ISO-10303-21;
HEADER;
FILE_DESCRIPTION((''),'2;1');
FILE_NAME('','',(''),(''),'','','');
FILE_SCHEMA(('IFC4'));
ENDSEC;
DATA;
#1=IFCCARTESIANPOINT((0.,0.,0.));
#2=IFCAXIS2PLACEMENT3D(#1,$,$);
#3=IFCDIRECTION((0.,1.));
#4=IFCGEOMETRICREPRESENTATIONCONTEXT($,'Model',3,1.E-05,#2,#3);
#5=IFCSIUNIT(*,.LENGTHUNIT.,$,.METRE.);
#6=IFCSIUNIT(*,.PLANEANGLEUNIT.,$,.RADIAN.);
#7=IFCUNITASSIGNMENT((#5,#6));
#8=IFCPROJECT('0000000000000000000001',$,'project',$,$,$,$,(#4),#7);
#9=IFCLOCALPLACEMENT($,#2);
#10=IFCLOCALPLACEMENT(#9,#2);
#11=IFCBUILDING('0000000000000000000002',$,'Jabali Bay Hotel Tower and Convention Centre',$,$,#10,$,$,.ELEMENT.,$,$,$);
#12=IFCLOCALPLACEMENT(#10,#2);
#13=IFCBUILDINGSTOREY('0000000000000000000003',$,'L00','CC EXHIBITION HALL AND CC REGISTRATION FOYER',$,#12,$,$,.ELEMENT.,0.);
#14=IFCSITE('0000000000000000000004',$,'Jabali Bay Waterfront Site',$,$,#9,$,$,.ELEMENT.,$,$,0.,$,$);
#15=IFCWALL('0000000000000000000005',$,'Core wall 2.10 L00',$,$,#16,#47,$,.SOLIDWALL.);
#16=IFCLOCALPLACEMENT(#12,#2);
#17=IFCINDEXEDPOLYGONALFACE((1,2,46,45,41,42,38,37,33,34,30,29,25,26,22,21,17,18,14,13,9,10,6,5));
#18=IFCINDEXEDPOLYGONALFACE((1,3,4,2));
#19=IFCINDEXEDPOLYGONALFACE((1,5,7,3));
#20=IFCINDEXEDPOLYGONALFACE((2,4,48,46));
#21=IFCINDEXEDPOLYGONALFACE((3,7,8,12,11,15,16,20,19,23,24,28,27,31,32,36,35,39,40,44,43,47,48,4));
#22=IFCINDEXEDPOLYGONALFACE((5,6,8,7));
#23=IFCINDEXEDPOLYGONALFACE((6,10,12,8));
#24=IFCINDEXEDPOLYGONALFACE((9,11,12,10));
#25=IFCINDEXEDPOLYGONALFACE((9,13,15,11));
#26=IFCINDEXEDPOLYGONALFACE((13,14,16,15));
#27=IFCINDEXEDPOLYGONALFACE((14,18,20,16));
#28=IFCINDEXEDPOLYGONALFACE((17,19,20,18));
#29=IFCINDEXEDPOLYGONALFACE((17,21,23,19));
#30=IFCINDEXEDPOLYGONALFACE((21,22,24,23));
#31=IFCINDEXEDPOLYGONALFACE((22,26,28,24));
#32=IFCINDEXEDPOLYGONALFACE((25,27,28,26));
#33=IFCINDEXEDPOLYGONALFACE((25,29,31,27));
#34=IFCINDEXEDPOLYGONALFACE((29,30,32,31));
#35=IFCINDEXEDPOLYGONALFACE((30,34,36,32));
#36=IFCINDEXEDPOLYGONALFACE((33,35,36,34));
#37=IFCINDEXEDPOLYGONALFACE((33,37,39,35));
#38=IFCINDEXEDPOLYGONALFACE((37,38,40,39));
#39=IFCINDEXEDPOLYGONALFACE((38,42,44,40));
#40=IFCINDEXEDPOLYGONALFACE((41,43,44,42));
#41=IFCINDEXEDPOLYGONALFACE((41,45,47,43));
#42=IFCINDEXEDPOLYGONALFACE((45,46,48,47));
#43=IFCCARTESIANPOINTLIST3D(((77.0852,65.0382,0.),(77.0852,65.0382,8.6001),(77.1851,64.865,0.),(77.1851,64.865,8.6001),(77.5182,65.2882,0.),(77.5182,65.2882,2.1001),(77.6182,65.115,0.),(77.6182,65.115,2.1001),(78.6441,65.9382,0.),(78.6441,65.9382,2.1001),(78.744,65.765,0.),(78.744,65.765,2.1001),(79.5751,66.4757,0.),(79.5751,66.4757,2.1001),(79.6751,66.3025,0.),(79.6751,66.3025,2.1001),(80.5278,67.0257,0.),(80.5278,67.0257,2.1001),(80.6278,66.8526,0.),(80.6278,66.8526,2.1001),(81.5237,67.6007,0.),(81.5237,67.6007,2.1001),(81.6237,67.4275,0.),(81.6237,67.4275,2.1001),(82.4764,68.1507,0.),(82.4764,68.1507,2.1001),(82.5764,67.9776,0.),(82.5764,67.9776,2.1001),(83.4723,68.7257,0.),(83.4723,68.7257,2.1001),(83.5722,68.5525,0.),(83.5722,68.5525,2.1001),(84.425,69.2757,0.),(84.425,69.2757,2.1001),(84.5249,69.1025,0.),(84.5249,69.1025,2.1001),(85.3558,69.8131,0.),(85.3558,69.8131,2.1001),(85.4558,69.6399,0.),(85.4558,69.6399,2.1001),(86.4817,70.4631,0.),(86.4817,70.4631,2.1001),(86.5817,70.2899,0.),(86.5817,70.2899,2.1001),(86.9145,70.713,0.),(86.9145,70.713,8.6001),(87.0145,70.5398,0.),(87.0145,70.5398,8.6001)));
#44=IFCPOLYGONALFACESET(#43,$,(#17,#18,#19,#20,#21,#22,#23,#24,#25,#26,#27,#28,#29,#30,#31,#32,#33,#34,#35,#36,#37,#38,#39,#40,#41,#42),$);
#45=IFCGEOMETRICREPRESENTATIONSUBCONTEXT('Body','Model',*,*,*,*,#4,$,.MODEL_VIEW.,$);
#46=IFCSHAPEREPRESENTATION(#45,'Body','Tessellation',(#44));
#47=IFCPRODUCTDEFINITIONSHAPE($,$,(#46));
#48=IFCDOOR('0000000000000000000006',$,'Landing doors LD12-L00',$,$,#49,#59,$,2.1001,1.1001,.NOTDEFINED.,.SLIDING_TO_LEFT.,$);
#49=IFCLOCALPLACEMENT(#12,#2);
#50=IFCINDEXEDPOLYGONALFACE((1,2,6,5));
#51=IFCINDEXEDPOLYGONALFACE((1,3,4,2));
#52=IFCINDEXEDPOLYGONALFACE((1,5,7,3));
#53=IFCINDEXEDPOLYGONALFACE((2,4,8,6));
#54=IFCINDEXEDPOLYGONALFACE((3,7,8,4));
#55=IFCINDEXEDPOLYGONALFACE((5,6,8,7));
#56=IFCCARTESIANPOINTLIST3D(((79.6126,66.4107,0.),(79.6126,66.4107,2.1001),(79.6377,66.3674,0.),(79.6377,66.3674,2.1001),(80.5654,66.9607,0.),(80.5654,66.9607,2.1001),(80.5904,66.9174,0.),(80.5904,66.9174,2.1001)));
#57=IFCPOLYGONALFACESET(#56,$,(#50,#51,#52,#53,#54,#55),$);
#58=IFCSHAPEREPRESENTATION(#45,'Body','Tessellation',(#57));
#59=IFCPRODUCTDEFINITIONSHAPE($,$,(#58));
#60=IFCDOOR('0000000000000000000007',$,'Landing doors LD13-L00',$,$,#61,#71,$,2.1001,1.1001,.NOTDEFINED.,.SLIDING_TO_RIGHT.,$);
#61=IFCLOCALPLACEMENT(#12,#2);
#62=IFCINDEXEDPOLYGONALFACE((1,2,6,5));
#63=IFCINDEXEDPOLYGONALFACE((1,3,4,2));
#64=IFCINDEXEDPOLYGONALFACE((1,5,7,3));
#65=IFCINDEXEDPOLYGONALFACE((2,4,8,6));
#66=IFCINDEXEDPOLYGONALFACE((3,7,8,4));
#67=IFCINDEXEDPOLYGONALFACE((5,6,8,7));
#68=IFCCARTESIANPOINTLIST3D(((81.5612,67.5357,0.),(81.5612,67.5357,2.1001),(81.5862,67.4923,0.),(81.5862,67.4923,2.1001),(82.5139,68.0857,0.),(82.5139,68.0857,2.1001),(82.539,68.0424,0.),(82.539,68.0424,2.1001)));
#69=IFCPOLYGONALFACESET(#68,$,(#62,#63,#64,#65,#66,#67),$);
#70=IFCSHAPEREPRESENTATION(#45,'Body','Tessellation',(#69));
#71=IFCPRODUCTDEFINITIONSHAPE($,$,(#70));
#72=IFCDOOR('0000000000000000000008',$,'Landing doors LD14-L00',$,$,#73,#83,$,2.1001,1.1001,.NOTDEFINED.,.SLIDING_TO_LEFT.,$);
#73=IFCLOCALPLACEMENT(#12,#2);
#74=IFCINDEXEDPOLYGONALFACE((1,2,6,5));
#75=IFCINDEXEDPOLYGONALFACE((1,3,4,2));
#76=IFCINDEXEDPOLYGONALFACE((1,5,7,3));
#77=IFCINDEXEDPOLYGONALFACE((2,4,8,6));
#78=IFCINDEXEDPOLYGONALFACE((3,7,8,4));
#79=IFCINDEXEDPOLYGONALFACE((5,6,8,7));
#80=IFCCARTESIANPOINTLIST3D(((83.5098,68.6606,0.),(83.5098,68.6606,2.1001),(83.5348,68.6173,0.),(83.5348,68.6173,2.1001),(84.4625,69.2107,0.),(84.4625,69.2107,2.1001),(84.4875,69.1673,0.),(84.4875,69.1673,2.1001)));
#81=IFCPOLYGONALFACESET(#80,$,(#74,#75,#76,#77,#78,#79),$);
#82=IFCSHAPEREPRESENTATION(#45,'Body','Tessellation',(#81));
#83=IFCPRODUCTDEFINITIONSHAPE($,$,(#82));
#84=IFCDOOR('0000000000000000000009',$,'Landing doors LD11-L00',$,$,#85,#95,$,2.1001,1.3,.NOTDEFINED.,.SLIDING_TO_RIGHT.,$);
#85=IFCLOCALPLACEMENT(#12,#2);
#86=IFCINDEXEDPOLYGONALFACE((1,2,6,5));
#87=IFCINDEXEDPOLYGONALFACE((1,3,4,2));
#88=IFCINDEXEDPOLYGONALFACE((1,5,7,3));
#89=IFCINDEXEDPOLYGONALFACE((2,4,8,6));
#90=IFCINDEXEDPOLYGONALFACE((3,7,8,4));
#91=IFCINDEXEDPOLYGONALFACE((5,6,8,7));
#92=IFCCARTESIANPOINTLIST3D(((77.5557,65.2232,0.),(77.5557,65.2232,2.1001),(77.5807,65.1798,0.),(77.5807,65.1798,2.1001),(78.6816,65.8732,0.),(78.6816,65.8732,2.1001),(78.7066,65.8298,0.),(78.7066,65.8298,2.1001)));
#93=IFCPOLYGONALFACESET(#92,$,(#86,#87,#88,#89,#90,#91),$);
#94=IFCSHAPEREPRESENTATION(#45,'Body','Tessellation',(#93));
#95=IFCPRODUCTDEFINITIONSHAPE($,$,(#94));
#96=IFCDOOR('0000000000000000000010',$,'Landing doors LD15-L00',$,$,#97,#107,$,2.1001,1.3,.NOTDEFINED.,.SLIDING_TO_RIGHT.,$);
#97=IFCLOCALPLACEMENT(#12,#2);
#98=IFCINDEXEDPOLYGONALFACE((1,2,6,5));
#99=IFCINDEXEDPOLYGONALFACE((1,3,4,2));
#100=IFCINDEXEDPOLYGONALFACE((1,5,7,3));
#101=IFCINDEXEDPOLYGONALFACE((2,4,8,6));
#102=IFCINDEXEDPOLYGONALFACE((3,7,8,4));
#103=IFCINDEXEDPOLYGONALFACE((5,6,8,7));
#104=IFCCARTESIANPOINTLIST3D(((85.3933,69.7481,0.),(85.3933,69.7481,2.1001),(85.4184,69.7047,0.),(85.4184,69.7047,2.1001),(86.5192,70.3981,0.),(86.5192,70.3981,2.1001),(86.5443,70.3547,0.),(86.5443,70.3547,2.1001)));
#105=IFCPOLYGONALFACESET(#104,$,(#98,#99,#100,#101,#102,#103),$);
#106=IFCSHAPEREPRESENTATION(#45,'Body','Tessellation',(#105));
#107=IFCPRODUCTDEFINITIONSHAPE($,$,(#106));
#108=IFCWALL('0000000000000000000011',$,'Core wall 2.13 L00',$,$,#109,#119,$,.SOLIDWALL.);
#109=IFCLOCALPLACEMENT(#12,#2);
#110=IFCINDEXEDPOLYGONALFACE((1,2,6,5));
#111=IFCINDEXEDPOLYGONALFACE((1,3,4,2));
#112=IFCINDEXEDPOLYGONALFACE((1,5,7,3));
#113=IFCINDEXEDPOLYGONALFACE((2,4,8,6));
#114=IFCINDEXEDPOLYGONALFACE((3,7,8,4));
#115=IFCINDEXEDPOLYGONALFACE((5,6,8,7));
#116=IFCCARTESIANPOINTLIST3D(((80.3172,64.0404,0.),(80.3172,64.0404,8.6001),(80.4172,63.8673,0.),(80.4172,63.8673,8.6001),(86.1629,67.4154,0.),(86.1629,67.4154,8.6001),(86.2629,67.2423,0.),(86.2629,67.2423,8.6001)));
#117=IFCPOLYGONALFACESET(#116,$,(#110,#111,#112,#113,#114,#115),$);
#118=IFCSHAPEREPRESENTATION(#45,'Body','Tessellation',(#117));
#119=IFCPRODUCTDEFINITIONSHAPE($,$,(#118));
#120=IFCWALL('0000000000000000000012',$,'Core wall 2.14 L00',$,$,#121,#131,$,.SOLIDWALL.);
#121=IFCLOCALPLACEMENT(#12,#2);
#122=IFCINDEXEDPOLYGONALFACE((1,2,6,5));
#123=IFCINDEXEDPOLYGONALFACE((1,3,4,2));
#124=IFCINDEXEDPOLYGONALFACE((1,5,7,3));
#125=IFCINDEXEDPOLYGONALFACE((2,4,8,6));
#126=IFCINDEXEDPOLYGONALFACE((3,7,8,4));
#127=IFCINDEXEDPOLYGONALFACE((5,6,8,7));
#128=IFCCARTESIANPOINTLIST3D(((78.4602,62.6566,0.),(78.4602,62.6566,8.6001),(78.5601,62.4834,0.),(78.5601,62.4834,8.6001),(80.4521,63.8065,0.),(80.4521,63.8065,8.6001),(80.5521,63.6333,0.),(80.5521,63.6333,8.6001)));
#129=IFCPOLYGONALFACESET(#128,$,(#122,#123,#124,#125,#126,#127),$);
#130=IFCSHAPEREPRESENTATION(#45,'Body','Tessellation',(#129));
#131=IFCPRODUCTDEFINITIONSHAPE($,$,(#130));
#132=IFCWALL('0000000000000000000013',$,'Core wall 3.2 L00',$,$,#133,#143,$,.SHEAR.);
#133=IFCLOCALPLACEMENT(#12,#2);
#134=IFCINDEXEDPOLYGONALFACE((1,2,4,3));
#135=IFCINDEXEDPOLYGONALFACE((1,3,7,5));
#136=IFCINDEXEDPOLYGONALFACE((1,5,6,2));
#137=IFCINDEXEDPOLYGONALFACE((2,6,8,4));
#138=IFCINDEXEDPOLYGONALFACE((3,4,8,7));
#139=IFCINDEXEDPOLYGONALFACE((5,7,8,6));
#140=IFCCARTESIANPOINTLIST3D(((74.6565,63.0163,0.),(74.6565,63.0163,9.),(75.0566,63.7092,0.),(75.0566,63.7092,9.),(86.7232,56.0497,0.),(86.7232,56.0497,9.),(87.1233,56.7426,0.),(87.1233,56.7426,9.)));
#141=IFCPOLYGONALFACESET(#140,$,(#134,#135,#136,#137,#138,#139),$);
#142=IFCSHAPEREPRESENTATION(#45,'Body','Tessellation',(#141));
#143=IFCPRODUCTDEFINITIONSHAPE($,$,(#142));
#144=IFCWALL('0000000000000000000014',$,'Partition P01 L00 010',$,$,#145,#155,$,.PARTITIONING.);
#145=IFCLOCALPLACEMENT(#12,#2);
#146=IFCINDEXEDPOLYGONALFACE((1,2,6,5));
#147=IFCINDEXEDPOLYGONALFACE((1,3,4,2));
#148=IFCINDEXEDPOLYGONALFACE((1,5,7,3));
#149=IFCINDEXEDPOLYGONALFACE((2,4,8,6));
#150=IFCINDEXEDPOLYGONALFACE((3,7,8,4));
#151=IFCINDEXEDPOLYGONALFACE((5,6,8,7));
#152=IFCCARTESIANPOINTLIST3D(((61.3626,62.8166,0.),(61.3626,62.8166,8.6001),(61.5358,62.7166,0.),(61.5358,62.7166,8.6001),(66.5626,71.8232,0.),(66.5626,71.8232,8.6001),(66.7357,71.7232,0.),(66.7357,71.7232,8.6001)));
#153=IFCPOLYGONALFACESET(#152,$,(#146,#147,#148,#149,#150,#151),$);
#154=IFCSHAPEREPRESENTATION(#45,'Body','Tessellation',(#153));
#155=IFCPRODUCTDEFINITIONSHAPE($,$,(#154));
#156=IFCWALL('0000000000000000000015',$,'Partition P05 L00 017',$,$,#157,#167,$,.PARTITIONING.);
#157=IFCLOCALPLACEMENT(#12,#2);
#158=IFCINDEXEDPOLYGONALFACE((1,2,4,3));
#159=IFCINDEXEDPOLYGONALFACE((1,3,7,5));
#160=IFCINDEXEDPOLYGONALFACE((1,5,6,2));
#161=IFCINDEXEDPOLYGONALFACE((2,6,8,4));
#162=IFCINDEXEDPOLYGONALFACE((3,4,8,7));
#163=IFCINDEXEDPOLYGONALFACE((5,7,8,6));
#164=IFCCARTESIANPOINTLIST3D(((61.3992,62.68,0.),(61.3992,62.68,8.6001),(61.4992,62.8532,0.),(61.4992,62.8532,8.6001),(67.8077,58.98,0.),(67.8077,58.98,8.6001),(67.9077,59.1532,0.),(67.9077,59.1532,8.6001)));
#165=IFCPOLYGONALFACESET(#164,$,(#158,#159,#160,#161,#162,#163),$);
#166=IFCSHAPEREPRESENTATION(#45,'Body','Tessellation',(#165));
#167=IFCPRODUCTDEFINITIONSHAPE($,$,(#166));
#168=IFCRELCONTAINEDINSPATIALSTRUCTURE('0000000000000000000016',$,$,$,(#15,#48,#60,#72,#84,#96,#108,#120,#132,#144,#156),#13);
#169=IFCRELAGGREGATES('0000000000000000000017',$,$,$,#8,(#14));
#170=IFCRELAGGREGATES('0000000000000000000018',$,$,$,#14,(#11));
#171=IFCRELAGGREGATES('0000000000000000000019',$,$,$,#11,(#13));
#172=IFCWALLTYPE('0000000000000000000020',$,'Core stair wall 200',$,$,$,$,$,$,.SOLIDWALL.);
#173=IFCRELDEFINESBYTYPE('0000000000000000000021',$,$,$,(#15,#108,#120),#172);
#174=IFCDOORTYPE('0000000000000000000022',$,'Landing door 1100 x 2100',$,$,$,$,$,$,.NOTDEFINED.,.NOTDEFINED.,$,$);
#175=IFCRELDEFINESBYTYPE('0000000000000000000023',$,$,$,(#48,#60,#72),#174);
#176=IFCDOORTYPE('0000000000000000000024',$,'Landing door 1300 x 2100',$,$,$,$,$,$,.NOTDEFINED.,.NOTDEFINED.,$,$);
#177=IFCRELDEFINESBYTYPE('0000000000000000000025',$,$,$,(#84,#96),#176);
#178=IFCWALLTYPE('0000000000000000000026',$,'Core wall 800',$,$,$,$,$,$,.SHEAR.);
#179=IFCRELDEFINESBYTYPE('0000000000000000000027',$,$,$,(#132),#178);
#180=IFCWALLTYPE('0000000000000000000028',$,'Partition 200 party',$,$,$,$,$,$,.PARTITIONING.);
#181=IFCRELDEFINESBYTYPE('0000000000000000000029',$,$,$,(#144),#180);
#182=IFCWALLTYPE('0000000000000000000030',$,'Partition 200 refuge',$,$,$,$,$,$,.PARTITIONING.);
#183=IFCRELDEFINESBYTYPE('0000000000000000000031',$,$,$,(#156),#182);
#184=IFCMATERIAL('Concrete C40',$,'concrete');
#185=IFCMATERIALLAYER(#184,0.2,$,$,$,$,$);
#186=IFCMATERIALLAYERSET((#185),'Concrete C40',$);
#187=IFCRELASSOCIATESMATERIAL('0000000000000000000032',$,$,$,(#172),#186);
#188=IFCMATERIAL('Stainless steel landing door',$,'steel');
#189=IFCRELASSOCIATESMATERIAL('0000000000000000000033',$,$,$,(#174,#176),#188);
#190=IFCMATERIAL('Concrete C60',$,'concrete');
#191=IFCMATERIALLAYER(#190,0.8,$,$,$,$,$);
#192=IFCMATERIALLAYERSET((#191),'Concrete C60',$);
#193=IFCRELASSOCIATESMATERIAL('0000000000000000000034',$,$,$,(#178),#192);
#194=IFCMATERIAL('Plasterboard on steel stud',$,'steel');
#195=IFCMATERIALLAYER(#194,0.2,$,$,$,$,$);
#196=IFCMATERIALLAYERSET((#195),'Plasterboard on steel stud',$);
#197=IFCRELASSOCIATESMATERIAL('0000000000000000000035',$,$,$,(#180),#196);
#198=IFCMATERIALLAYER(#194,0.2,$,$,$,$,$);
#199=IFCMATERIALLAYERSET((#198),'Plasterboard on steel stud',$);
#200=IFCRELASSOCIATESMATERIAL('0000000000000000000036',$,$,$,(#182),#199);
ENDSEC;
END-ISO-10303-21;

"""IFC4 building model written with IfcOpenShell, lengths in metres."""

from ifc_helpers import new_model, si_unit, direction, frame, frame_2d, origin, place, context, subcontext, project, spatial, rectangle, extrude, material, layer, layer_set, type_object, element, fill, save


model = new_model("IFC4")

# Units and contexts
model_context = context("Model", 3, precision=1e-05, world=origin(), true_north=direction((0.0, 1.0)))
body_context = subcontext(model_context, "Body", "Model", "MODEL_VIEW")
ifc_project = project(units=[si_unit("LENGTHUNIT", "METRE"), si_unit("PLANEANGLEUNIT", "RADIAN")], contexts=[model_context])

# Site, building, storey
site_placement = place(None, origin())
site = spatial("IfcSite", under=ifc_project, at=site_placement, Name="Jabali Bay Waterfront Site", CompositionType="ELEMENT", RefElevation=0.0)
building_placement = place(site_placement, origin())
building = spatial("IfcBuilding", under=site, at=building_placement, Name="Jabali Bay Hotel Tower and Convention Centre", CompositionType="ELEMENT")
storey_placement = place(building_placement, origin())
storey = spatial("IfcBuildingStorey", under=building, at=storey_placement, Name="L00", Description="CC EXHIBITION HALL AND CC REGISTRATION FOYER", CompositionType="ELEMENT", Elevation=0.0)

# Shared definitions
ifc_material_1 = material(Name="Concrete C40", Category="concrete")

# Shared definitions
ifc_layer_1 = layer(ifc_material_1, 0.2)
ifc_layer_set_1 = layer_set([ifc_layer_1], Name="Concrete C40")
wall_type_1 = type_object("IfcWallType", Name="Core stair wall 200", PredefinedType="SOLIDWALL", material=ifc_layer_set_1)

# Wall, openings, doors
wall_1_placement = place(storey_placement, frame((77.1353, 64.9517, 0.0), z_axis=(0.0, 0.0, 1.0), x_axis=(0.866032, 0.499989, 0.0)))
wall_1 = element("IfcWall", 1, at=wall_1_placement, inside=storey, type_object=wall_type_1, Name="Core wall 2.10 L00", PredefinedType="SOLIDWALL", context=body_context, shape_type="SweptSolid", body=[
    extrude(rectangle(XDim=11.3499, YDim=0.2, at=frame_2d((5.6748, 0.0))), origin(), (0.0, 0.0, 1.0), 8.6001),
])
opening_1_placement = place(wall_1_placement, frame((0.5, 0.0, 0.0)))
opening_1 = element("IfcOpeningElement", 2, at=opening_1_placement, cuts=wall_1, PredefinedType="OPENING", context=body_context, shape_type="SweptSolid", body=[
    extrude(rectangle(XDim=1.3, YDim=2.1001, at=frame_2d((0.6499, 1.05))), frame((0.0, 0.1104, 0.0), z_axis=(0.0, -1.0, 0.0), x_axis=(1.0, 0.0, 0.0)), (0.0, 0.0, 1.0), 0.2209),
])
opening_2_placement = place(wall_1_placement, frame((2.875, 0.0, 0.0)))
opening_2 = element("IfcOpeningElement", 3, at=opening_2_placement, cuts=wall_1, PredefinedType="OPENING", context=body_context, shape_type="SweptSolid", body=[
    extrude(rectangle(XDim=1.1001, YDim=2.1001, at=frame_2d((0.55, 1.05))), frame((0.0, 0.1104, 0.0), z_axis=(0.0, -1.0, 0.0), x_axis=(1.0, 0.0, 0.0)), (0.0, 0.0, 1.0), 0.2209),
])
opening_3_placement = place(wall_1_placement, frame((5.125, 0.0, 0.0)))
opening_3 = element("IfcOpeningElement", 4, at=opening_3_placement, cuts=wall_1, PredefinedType="OPENING", context=body_context, shape_type="SweptSolid", body=[
    extrude(rectangle(XDim=1.1001, YDim=2.1001, at=frame_2d((0.55, 1.05))), frame((0.0, 0.1104, 0.0), z_axis=(0.0, -1.0, 0.0), x_axis=(1.0, 0.0, 0.0)), (0.0, 0.0, 1.0), 0.2209),
])
opening_4_placement = place(wall_1_placement, frame((7.375, 0.0, 0.0)))
opening_4 = element("IfcOpeningElement", 5, at=opening_4_placement, cuts=wall_1, PredefinedType="OPENING", context=body_context, shape_type="SweptSolid", body=[
    extrude(rectangle(XDim=1.1001, YDim=2.1001, at=frame_2d((0.55, 1.05))), frame((0.0, 0.1104, 0.0), z_axis=(0.0, -1.0, 0.0), x_axis=(1.0, 0.0, 0.0)), (0.0, 0.0, 1.0), 0.2209),
])
opening_5_placement = place(wall_1_placement, frame((9.55, 0.0, 0.0)))
opening_5 = element("IfcOpeningElement", 6, at=opening_5_placement, cuts=wall_1, PredefinedType="OPENING", context=body_context, shape_type="SweptSolid", body=[
    extrude(rectangle(XDim=1.3, YDim=2.1001, at=frame_2d((0.6499, 1.05))), frame((0.0, 0.1104, 0.0), z_axis=(0.0, -1.0, 0.0), x_axis=(1.0, 0.0, 0.0)), (0.0, 0.0, 1.0), 0.2209),
])
ifc_material_2 = material(Name="Stainless steel landing door", Category="steel")
door_type_1 = type_object("IfcDoorType", Name="Landing door 1100 x 2100", OperationType="NOTDEFINED", PredefinedType="NOTDEFINED", material=ifc_material_2)
door_1_placement = place(opening_2_placement, origin())
door_1 = element("IfcDoor", 7, at=door_1_placement, inside=storey, type_object=door_type_1, Name="Landing doors LD12-L00", OperationType="SLIDING_TO_LEFT", OverallHeight=2.1001, OverallWidth=1.1001, PredefinedType="NOTDEFINED", context=body_context, shape_type="SweptSolid", body=[
    extrude(rectangle(XDim=1.1001, YDim=2.1001, at=frame_2d((0.55, 1.05))), frame((0.0, 0.0249, 0.0), z_axis=(0.0, -1.0, 0.0), x_axis=(1.0, 0.0, 0.0)), (0.0, 0.0, 1.0), 0.05),
])
fill(opening_2, door_1)
door_2_placement = place(opening_3_placement, origin())
door_2 = element("IfcDoor", 8, at=door_2_placement, inside=storey, type_object=door_type_1, Name="Landing doors LD13-L00", OperationType="SLIDING_TO_RIGHT", OverallHeight=2.1001, OverallWidth=1.1001, PredefinedType="NOTDEFINED", context=body_context, shape_type="SweptSolid", body=[
    extrude(rectangle(XDim=1.1001, YDim=2.1001, at=frame_2d((0.55, 1.05))), frame((0.0, 0.0249, 0.0), z_axis=(0.0, -1.0, 0.0), x_axis=(1.0, 0.0, 0.0)), (0.0, 0.0, 1.0), 0.05),
])
fill(opening_3, door_2)
door_3_placement = place(opening_4_placement, origin())
door_3 = element("IfcDoor", 9, at=door_3_placement, inside=storey, type_object=door_type_1, Name="Landing doors LD14-L00", OperationType="SLIDING_TO_LEFT", OverallHeight=2.1001, OverallWidth=1.1001, PredefinedType="NOTDEFINED", context=body_context, shape_type="SweptSolid", body=[
    extrude(rectangle(XDim=1.1001, YDim=2.1001, at=frame_2d((0.55, 1.05))), frame((0.0, 0.0249, 0.0), z_axis=(0.0, -1.0, 0.0), x_axis=(1.0, 0.0, 0.0)), (0.0, 0.0, 1.0), 0.05),
])
fill(opening_4, door_3)
door_type_2 = type_object("IfcDoorType", Name="Landing door 1300 x 2100", OperationType="NOTDEFINED", PredefinedType="NOTDEFINED", material=ifc_material_2)
door_4_placement = place(opening_1_placement, origin())
door_4 = element("IfcDoor", 10, at=door_4_placement, inside=storey, type_object=door_type_2, Name="Landing doors LD11-L00", OperationType="SLIDING_TO_RIGHT", OverallHeight=2.1001, OverallWidth=1.3, PredefinedType="NOTDEFINED", context=body_context, shape_type="SweptSolid", body=[
    extrude(rectangle(XDim=1.3, YDim=2.1001, at=frame_2d((0.6499, 1.05))), frame((0.0, 0.0249, 0.0), z_axis=(0.0, -1.0, 0.0), x_axis=(1.0, 0.0, 0.0)), (0.0, 0.0, 1.0), 0.05),
])
fill(opening_1, door_4)
door_5_placement = place(opening_5_placement, origin())
door_5 = element("IfcDoor", 11, at=door_5_placement, inside=storey, type_object=door_type_2, Name="Landing doors LD15-L00", OperationType="SLIDING_TO_RIGHT", OverallHeight=2.1001, OverallWidth=1.3, PredefinedType="NOTDEFINED", context=body_context, shape_type="SweptSolid", body=[
    extrude(rectangle(XDim=1.3, YDim=2.1001, at=frame_2d((0.6499, 1.05))), frame((0.0, 0.0249, 0.0), z_axis=(0.0, -1.0, 0.0), x_axis=(1.0, 0.0, 0.0)), (0.0, 0.0, 1.0), 0.05),
])
fill(opening_5, door_5)

# Walls
wall_2_placement = place(storey_placement, frame((80.3672, 63.9539, 0.0), z_axis=(0.0, 0.0, 1.0), x_axis=(0.866027, 0.499998, 0.0)))
element("IfcWall", 12, at=wall_2_placement, inside=storey, type_object=wall_type_1, Name="Core wall 2.13 L00", PredefinedType="SOLIDWALL", context=body_context, shape_type="SweptSolid", body=[
    extrude(rectangle(XDim=6.75, YDim=0.2, at=frame_2d((3.375, 0.0))), origin(), (0.0, 0.0, 1.0), 8.6001),
])
wall_3_placement = place(storey_placement, frame((78.5103, 62.5701, 0.0), z_axis=(0.0, 0.0, 1.0), x_axis=(0.866053, 0.499952, 0.0)))
element("IfcWall", 13, at=wall_3_placement, inside=storey, type_object=wall_type_1, Name="Core wall 2.14 L00", PredefinedType="SOLIDWALL", context=body_context, shape_type="SweptSolid", body=[
    extrude(rectangle(XDim=2.3, YDim=0.2, at=frame_2d((1.1499, 0.0))), origin(), (0.0, 0.0, 1.0), 8.6001),
])
ifc_material_3 = material(Name="Concrete C60", Category="concrete")
ifc_layer_2 = layer(ifc_material_3, 0.8)
ifc_layer_set_2 = layer_set([ifc_layer_2], Name="Concrete C60")
wall_type_2 = type_object("IfcWallType", Name="Core wall 800", PredefinedType="SHEAR", material=ifc_layer_set_2)
wall_4_placement = place(storey_placement, frame((74.8564, 63.3628, 0.0), z_axis=(0.0, 0.0, 1.0), x_axis=(0.866029, -0.499993, 0.0)))
element("IfcWall", 14, at=wall_4_placement, inside=storey, type_object=wall_type_2, Name="Core wall 3.2 L00", PredefinedType="SHEAR", context=body_context, shape_type="SweptSolid", body=[
    extrude(rectangle(XDim=13.9333, YDim=0.8, at=frame_2d((6.9668, 0.0))), origin(), (0.0, 0.0, 1.0), 9.0),
])
ifc_material_4 = material(Name="Plasterboard on steel stud", Category="steel")
ifc_layer_3 = layer(ifc_material_4, 0.2)
ifc_layer_set_3 = layer_set([ifc_layer_3], Name="Plasterboard on steel stud")
wall_type_3 = type_object("IfcWallType", Name="Partition 200 party", PredefinedType="PARTITIONING", material=ifc_layer_set_3)
wall_5_placement = place(storey_placement, frame((61.4492, 62.7666, 0.0), z_axis=(0.0, 0.0, 1.0), x_axis=(0.499999, 0.866026, 0.0)))
element("IfcWall", 15, at=wall_5_placement, inside=storey, type_object=wall_type_3, Name="Partition P01 L00 010", PredefinedType="PARTITIONING", context=body_context, shape_type="SweptSolid", body=[
    extrude(rectangle(XDim=10.3999, YDim=0.2, at=frame_2d((5.2, 0.0))), origin(), (0.0, 0.0, 1.0), 8.6001),
])
ifc_layer_4 = layer(ifc_material_4, 0.2)
ifc_layer_set_4 = layer_set([ifc_layer_4], Name="Plasterboard on steel stud")
wall_type_4 = type_object("IfcWallType", Name="Partition 200 refuge", PredefinedType="PARTITIONING", material=ifc_layer_set_4)
wall_6_placement = place(storey_placement, frame((61.4492, 62.7666, 0.0), z_axis=(0.0, 0.0, 1.0), x_axis=(0.866024, -0.500003, 0.0)))
element("IfcWall", 16, at=wall_6_placement, inside=storey, type_object=wall_type_4, Name="Partition P05 L00 017", PredefinedType="PARTITIONING", context=body_context, shape_type="SweptSolid", body=[
    extrude(rectangle(XDim=7.3999, YDim=0.2, at=frame_2d((3.7, 0.0))), origin(), (0.0, 0.0, 1.0), 8.6001),
])

save(model, "model.ifc")
